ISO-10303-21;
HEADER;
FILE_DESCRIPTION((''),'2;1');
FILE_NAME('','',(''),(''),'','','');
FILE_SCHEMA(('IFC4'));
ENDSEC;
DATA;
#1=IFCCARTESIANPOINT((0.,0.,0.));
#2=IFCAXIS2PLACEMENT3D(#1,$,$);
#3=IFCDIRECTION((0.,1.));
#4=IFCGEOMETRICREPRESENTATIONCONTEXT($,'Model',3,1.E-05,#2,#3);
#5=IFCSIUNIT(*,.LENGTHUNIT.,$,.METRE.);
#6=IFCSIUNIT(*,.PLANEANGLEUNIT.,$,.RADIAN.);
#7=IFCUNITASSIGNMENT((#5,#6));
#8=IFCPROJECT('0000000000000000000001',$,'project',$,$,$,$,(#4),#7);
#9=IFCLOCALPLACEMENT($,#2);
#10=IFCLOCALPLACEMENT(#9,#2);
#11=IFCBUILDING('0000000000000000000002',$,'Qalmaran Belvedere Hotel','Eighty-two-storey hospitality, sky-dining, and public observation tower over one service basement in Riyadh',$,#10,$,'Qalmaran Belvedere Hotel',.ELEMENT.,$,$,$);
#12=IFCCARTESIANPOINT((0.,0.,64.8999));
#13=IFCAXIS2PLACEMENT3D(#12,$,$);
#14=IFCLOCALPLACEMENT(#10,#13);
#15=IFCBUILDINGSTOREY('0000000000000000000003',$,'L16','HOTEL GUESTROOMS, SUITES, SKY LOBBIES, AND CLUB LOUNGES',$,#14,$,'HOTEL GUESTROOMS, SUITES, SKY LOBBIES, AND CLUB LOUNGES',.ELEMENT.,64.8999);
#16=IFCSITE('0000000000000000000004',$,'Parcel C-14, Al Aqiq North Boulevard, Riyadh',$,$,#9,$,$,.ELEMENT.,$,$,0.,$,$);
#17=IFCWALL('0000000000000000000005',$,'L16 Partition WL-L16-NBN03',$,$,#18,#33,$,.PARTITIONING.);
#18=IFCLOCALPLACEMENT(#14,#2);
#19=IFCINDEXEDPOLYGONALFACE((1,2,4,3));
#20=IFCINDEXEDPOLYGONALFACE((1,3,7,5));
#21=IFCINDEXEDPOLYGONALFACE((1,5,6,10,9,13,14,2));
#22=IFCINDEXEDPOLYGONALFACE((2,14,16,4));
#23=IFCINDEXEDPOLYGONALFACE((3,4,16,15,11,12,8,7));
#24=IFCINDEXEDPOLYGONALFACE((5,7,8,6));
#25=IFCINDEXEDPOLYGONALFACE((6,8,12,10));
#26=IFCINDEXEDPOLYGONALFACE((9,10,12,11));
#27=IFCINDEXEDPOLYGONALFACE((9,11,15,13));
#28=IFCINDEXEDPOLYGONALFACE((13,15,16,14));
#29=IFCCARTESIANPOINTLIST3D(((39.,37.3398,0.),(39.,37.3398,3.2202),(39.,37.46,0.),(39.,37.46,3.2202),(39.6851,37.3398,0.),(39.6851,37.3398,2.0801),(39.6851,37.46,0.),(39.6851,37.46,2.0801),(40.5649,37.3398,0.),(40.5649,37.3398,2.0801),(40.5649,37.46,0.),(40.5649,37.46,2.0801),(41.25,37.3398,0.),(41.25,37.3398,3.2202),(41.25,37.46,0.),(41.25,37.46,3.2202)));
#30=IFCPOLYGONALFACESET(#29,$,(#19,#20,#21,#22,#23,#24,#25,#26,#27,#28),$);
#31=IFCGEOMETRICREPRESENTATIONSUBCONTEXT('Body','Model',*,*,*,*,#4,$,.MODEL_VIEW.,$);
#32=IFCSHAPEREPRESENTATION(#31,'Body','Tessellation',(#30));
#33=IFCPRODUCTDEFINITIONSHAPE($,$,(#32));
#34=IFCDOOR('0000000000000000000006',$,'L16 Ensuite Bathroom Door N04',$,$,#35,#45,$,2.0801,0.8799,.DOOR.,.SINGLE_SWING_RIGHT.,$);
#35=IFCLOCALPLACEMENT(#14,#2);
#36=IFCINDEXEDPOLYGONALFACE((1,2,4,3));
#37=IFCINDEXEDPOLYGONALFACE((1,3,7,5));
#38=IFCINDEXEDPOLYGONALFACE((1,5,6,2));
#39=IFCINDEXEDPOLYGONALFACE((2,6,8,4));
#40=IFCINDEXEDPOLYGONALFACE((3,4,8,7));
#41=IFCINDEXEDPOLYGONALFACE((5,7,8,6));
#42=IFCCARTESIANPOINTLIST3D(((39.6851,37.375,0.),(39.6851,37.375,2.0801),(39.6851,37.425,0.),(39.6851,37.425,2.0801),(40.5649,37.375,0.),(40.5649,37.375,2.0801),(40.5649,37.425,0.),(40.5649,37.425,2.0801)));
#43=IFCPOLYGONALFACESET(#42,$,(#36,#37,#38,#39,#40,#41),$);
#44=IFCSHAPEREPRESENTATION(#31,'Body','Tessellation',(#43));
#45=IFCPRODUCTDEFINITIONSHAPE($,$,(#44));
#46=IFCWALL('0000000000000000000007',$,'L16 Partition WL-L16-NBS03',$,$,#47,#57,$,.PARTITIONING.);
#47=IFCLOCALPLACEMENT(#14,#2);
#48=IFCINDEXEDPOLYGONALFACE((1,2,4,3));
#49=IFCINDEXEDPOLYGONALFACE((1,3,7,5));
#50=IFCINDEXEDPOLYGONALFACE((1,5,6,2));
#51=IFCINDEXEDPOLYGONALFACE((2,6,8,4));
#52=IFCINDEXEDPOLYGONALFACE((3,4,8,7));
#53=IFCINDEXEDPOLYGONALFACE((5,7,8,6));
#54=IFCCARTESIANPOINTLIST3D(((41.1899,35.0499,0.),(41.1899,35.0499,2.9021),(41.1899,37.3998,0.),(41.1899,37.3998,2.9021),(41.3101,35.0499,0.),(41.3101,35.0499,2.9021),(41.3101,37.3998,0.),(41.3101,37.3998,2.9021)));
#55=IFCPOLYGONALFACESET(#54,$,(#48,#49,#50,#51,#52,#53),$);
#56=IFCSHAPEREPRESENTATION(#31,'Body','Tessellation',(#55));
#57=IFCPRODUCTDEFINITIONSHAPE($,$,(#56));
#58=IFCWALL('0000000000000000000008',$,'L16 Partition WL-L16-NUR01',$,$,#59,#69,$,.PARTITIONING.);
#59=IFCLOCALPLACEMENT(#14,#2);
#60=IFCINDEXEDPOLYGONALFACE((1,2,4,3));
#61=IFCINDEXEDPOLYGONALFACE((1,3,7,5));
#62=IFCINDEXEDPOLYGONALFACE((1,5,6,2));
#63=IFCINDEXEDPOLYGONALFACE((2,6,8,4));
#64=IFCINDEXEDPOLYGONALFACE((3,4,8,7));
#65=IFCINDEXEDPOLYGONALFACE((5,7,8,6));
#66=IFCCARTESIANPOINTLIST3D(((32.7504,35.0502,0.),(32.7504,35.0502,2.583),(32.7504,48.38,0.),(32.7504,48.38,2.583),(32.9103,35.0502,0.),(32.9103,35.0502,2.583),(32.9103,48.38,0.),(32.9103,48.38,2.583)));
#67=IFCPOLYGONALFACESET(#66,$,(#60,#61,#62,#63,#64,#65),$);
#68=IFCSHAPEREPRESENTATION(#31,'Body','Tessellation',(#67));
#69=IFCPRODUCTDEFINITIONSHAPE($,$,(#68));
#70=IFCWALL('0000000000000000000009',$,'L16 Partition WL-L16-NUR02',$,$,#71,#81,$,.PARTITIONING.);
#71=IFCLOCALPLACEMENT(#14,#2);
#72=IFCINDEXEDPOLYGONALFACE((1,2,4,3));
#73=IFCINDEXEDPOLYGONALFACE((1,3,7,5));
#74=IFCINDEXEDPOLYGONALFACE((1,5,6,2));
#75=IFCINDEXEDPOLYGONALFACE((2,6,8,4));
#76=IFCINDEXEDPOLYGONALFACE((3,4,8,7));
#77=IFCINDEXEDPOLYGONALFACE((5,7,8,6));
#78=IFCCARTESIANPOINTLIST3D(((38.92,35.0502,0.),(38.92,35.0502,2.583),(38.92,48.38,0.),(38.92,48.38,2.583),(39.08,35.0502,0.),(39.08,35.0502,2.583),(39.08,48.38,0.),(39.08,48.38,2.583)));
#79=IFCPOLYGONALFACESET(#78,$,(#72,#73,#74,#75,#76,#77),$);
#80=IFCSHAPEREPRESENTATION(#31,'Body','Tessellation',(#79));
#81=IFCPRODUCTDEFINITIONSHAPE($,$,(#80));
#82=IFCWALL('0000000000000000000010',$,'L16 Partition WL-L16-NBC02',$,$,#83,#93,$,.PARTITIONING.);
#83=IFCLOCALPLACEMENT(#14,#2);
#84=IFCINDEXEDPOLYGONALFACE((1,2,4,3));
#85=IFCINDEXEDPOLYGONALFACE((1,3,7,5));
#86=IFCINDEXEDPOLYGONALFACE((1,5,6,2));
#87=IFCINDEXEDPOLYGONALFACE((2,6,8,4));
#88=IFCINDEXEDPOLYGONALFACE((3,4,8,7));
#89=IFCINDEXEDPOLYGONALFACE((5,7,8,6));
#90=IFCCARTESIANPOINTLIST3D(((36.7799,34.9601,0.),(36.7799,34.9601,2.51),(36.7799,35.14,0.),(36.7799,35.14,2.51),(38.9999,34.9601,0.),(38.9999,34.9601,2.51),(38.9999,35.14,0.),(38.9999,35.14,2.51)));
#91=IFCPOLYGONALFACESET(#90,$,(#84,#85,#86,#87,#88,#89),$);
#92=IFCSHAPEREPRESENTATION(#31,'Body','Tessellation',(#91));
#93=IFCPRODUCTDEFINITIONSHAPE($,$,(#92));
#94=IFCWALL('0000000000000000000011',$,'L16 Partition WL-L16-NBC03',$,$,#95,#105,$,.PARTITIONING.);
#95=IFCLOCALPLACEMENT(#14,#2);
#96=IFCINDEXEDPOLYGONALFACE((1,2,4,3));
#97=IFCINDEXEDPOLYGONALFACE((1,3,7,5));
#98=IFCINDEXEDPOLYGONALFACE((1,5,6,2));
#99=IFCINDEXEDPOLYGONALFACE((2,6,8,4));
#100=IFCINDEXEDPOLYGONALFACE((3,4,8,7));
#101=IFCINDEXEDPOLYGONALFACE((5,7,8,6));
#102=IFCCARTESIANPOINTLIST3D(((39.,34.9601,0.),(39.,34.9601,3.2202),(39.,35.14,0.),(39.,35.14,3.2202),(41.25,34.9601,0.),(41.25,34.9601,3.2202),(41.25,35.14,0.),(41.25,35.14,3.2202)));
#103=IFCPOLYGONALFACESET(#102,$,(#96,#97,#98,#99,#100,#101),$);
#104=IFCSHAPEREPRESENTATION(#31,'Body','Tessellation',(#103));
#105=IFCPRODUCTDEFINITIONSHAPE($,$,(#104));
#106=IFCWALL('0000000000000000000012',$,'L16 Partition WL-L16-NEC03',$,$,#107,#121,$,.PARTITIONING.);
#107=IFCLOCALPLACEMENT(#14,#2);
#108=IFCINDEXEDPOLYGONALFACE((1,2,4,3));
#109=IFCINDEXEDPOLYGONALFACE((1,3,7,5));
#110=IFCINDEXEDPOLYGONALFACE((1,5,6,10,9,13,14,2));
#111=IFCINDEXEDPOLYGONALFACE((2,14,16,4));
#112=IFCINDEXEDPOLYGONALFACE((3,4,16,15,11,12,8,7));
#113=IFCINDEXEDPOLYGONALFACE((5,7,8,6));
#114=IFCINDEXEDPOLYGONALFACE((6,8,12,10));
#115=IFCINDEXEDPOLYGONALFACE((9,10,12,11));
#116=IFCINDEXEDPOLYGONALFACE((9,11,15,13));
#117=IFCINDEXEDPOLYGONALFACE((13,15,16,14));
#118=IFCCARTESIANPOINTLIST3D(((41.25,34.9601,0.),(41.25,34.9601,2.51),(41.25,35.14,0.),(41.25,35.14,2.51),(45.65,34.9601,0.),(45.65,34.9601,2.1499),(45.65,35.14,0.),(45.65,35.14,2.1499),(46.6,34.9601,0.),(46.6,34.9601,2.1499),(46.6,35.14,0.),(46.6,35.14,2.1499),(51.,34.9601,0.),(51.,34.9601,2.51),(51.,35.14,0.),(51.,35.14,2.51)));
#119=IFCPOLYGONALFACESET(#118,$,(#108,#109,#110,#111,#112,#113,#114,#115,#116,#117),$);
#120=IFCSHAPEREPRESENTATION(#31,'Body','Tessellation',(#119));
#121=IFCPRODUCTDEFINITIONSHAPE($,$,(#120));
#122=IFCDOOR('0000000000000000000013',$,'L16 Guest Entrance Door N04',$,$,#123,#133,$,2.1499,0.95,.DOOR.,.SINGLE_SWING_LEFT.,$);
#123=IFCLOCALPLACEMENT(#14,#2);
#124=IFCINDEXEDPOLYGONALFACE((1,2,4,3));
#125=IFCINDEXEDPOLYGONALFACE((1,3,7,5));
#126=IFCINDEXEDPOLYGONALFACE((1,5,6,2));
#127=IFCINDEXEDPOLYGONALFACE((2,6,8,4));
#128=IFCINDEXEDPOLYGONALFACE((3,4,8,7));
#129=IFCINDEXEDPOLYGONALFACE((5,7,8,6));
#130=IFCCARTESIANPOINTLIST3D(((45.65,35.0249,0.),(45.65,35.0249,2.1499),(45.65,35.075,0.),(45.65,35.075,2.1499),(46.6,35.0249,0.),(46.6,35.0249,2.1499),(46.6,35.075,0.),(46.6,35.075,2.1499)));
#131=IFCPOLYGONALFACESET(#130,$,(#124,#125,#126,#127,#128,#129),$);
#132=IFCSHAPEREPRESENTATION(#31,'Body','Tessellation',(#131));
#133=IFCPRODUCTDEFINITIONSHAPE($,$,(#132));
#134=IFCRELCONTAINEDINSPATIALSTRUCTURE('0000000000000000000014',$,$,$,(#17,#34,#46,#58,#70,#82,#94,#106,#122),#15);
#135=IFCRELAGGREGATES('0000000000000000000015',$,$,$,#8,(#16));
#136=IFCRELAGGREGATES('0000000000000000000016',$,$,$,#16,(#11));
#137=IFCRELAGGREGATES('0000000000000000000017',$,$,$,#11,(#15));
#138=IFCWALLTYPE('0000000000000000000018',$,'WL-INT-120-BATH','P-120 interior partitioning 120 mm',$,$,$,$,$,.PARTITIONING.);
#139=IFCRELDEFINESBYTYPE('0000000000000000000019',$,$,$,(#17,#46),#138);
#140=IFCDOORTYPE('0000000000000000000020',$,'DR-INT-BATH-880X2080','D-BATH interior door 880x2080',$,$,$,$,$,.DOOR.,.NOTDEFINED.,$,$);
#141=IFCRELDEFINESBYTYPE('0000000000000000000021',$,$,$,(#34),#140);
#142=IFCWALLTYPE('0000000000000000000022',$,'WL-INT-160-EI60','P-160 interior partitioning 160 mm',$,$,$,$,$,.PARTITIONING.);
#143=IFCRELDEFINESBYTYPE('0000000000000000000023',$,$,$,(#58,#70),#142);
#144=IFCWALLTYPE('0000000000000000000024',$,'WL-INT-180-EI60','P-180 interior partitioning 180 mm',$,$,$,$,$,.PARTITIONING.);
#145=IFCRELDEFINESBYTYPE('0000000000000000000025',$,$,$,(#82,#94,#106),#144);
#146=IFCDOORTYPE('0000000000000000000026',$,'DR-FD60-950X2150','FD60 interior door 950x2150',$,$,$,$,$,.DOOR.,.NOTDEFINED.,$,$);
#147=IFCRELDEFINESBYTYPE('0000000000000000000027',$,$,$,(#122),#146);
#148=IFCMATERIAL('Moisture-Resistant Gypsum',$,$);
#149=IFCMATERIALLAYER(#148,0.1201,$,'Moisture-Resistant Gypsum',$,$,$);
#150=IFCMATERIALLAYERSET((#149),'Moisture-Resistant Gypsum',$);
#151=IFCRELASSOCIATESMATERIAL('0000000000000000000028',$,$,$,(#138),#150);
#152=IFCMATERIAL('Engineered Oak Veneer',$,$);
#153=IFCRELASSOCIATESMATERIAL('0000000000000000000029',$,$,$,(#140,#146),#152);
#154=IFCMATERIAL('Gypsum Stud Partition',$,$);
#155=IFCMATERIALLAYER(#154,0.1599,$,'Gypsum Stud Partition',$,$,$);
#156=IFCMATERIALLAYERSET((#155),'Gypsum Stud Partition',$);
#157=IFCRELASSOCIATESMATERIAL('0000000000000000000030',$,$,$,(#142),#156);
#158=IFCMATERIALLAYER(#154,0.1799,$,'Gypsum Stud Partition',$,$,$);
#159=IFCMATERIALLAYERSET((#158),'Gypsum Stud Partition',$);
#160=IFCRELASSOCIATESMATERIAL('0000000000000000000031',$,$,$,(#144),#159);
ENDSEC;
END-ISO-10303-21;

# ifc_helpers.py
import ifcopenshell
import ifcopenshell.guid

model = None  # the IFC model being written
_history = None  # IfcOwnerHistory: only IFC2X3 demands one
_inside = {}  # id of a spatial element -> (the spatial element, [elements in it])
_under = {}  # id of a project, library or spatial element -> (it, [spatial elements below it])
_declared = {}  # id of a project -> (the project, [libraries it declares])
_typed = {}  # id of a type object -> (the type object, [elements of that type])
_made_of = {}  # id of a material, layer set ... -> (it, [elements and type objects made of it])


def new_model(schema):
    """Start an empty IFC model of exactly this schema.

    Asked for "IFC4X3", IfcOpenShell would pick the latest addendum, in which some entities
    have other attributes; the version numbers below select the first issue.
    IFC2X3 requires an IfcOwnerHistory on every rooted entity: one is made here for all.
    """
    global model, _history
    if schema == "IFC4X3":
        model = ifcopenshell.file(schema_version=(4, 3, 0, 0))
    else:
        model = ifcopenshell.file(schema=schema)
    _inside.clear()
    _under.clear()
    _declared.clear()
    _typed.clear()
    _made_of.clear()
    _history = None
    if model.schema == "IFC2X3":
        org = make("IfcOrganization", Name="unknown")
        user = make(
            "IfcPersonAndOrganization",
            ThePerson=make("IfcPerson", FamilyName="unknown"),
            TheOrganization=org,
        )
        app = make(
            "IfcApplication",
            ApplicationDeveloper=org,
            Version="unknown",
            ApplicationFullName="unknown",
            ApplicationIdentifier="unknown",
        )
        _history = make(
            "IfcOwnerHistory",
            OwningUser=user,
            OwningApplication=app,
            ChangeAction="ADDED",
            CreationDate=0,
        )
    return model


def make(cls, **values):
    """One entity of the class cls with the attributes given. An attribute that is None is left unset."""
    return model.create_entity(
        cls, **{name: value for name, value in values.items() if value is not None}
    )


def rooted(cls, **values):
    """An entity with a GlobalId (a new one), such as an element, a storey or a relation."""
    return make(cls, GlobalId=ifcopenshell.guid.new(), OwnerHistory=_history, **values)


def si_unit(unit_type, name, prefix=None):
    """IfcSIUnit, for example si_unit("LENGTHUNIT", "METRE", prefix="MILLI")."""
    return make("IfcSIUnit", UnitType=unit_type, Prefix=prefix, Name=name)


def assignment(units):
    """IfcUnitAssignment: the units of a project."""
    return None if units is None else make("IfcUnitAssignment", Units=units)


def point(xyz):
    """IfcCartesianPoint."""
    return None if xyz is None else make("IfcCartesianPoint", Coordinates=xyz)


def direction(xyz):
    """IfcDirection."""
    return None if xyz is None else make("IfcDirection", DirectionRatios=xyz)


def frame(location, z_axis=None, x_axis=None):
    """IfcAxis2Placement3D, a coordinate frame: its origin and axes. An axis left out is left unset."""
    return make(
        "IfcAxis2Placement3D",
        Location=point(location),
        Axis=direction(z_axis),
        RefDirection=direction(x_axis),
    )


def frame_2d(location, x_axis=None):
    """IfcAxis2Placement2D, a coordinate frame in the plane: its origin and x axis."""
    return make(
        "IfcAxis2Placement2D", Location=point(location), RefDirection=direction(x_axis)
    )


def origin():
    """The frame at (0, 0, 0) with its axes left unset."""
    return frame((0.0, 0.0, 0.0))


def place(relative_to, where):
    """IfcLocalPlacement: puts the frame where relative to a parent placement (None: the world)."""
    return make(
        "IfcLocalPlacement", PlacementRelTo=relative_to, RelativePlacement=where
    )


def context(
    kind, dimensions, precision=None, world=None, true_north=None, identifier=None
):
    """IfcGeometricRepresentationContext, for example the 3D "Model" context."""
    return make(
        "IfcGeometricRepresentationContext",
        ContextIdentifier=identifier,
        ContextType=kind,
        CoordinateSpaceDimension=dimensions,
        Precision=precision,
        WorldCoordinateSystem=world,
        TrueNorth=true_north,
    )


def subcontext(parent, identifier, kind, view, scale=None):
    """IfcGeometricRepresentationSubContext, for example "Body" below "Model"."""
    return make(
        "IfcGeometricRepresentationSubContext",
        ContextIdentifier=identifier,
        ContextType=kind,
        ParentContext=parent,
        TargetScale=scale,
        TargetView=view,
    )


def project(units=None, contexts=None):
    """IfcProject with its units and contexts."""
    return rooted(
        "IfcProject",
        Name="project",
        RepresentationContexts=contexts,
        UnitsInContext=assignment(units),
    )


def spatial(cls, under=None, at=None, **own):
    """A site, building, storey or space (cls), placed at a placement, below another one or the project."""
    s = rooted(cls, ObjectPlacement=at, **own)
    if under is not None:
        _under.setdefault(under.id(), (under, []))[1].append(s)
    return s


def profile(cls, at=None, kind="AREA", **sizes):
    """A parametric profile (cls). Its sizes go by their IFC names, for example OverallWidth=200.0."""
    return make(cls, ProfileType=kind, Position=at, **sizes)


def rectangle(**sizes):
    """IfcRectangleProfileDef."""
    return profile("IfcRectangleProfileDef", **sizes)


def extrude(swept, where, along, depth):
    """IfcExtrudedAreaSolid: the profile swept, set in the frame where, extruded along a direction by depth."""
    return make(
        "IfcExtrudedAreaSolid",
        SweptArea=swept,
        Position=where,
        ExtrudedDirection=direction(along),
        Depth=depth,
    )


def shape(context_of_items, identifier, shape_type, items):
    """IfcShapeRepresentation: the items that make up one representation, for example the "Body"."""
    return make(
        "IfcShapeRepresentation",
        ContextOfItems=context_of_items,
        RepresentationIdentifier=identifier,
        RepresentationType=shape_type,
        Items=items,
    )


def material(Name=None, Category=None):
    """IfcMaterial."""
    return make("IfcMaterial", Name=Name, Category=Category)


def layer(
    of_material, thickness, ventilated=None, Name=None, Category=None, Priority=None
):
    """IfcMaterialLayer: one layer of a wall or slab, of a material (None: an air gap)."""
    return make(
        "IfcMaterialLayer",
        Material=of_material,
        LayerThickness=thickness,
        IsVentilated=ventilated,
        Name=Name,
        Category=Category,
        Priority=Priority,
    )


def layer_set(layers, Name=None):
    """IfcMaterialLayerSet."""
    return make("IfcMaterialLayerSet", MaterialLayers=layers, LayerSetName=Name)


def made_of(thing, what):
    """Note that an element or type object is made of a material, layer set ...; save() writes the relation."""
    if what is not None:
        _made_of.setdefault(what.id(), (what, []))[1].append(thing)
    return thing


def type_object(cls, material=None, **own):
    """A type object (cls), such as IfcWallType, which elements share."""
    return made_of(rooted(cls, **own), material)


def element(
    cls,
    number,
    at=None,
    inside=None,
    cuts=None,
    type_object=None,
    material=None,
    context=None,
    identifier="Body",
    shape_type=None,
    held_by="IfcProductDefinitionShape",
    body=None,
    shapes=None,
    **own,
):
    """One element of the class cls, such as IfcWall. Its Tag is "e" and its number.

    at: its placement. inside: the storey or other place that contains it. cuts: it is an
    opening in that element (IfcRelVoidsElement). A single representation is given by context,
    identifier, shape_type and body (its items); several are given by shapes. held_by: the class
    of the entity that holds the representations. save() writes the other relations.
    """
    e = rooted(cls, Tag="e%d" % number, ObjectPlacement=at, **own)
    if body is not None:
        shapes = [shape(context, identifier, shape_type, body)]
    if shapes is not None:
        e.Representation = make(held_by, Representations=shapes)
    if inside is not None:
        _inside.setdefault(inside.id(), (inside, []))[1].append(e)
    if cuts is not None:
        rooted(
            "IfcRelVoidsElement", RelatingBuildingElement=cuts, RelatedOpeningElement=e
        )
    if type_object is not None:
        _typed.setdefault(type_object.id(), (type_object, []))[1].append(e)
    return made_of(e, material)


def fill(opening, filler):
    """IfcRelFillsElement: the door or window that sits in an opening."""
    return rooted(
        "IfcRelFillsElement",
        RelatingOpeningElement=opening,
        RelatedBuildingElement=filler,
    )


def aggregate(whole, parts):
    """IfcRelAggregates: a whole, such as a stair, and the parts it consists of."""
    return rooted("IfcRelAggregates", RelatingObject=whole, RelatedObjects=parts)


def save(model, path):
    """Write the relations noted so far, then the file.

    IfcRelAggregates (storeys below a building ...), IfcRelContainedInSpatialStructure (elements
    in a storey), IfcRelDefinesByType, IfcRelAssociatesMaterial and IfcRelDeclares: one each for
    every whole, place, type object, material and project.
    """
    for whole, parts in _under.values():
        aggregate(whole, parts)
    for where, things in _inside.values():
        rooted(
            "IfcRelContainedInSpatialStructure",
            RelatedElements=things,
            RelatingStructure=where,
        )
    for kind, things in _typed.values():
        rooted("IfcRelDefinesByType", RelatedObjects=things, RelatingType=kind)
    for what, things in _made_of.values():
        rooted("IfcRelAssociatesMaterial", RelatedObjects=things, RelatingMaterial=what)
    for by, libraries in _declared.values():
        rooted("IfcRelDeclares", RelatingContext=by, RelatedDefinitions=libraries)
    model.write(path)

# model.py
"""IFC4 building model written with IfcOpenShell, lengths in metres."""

from ifc_helpers import new_model, si_unit, direction, frame, frame_2d, origin, place, context, subcontext, project, spatial, rectangle, extrude, material, layer, layer_set, type_object, element, fill, save


model = new_model("IFC4")

# Units and contexts
model_context = context("Model", 3, precision=1e-05, world=origin(), true_north=direction((0.0, 1.0)))
body_context = subcontext(model_context, "Body", "Model", "MODEL_VIEW")
ifc_project = project(units=[si_unit("LENGTHUNIT", "METRE"), si_unit("PLANEANGLEUNIT", "RADIAN")], contexts=[model_context])

# Site, building, storey
site_placement = place(None, origin())
site = spatial("IfcSite", under=ifc_project, at=site_placement, Name="Parcel C-14, Al Aqiq North Boulevard, Riyadh", CompositionType="ELEMENT", RefElevation=0.0)
building_placement = place(site_placement, origin())
building = spatial("IfcBuilding", under=site, at=building_placement, Name="Qalmaran Belvedere Hotel", Description="Eighty-two-storey hospitality, sky-dining, and public observation tower over one service basement in Riyadh", LongName="Qalmaran Belvedere Hotel", CompositionType="ELEMENT")
storey_placement = place(building_placement, frame((0.0, 0.0, 64.8999)))
storey = spatial("IfcBuildingStorey", under=building, at=storey_placement, Name="L16", Description="HOTEL GUESTROOMS, SUITES, SKY LOBBIES, AND CLUB LOUNGES", LongName="HOTEL GUESTROOMS, SUITES, SKY LOBBIES, AND CLUB LOUNGES", CompositionType="ELEMENT", Elevation=64.8999)

# Shared definitions
ifc_material_1 = material(Name="Moisture-Resistant Gypsum")
ifc_layer_1 = layer(ifc_material_1, 0.1201, Name="Moisture-Resistant Gypsum")
ifc_layer_set_1 = layer_set([ifc_layer_1], Name="Moisture-Resistant Gypsum")
wall_type_1 = type_object("IfcWallType", Name="WL-INT-120-BATH", Description="P-120 interior partitioning 120 mm", PredefinedType="PARTITIONING", material=ifc_layer_set_1)
ifc_material_2 = material(Name="Engineered Oak Veneer")
door_type_1 = type_object("IfcDoorType", Name="DR-INT-BATH-880X2080", Description="D-BATH interior door 880x2080", OperationType="NOTDEFINED", PredefinedType="DOOR", material=ifc_material_2)

# Wall, opening, door
wall_1_placement = place(storey_placement, frame((39.0, 37.3999, 0.0), z_axis=(0.0, 0.0, 1.0), x_axis=(1.0, 0.0, 0.0)))
wall_1 = element("IfcWall", 1, at=wall_1_placement, inside=storey, type_object=wall_type_1, Name="L16 Partition WL-L16-NBN03", PredefinedType="PARTITIONING", context=body_context, shape_type="SweptSolid", body=[
    extrude(rectangle(XDim=2.25, YDim=0.1201, at=frame_2d((1.125, 0.0))), origin(), (0.0, 0.0, 1.0), 3.2202),
])
opening_1_placement = place(wall_1_placement, frame((1.5649, 0.0, 0.0), z_axis=(0.0, 0.0, 1.0), x_axis=(-1.0, 0.0, 0.0)))
opening_1 = element("IfcOpeningElement", 2, at=opening_1_placement, cuts=wall_1, PredefinedType="OPENING", context=body_context, shape_type="SweptSolid", body=[
    extrude(rectangle(XDim=0.8799, YDim=2.0801, at=frame_2d((0.4399, 1.04))), frame((0.0, 0.0701, 0.0), z_axis=(0.0, -1.0, 0.0), x_axis=(1.0, 0.0, 0.0)), (0.0, 0.0, 1.0), 0.1401),
])
door_1_placement = place(opening_1_placement, origin())
door_1 = element("IfcDoor", 3, at=door_1_placement, inside=storey, type_object=door_type_1, Name="L16 Ensuite Bathroom Door N04", OperationType="SINGLE_SWING_RIGHT", OverallHeight=2.0801, OverallWidth=0.8799, PredefinedType="DOOR", context=body_context, shape_type="SweptSolid", body=[
    extrude(rectangle(XDim=0.8799, YDim=2.0801, at=frame_2d((0.4399, 1.04))), frame((0.0, 0.0249, 0.0), z_axis=(0.0, -1.0, 0.0), x_axis=(1.0, 0.0, 0.0)), (0.0, 0.0, 1.0), 0.05),
])
fill(opening_1, door_1)

# Wall
wall_2_placement = place(storey_placement, frame((41.25, 35.05, 0.0), z_axis=(0.0, 0.0, 1.0), x_axis=(0.0, 1.0, 0.0)))
element("IfcWall", 4, at=wall_2_placement, inside=storey, type_object=wall_type_1, Name="L16 Partition WL-L16-NBS03", PredefinedType="PARTITIONING", context=body_context, shape_type="SweptSolid", body=[
    extrude(rectangle(XDim=2.3499, YDim=0.1201, at=frame_2d((1.1748, 0.0))), origin(), (0.0, 0.0, 1.0), 2.9021),
])

# Shared definitions
ifc_material_3 = material(Name="Gypsum Stud Partition")

# Walls
ifc_layer_2 = layer(ifc_material_3, 0.1599, Name="Gypsum Stud Partition")
ifc_layer_set_2 = layer_set([ifc_layer_2], Name="Gypsum Stud Partition")
wall_type_2 = type_object("IfcWallType", Name="WL-INT-160-EI60", Description="P-160 interior partitioning 160 mm", PredefinedType="PARTITIONING", material=ifc_layer_set_2)
for number, where, z_axis, x_axis, name in (
    (5, (32.8303, 35.05, 0.0), (0.0, 0.0, 1.0), (0.0, 1.0, 0.0), "L16 Partition WL-L16-NUR01"),
    (6, (39.0, 35.05, 0.0), (0.0, 0.0, 1.0), (0.0, 1.0, 0.0), "L16 Partition WL-L16-NUR02"),
):
    element("IfcWall", number, at=place(storey_placement, frame(where, z_axis=z_axis, x_axis=x_axis)), inside=storey, type_object=wall_type_2, Name=name, PredefinedType="PARTITIONING", context=body_context, shape_type="SweptSolid", body=[
        extrude(rectangle(XDim=13.3298, YDim=0.1599, at=frame_2d((6.665, 0.0))), origin(), (0.0, 0.0, 1.0), 2.583),
    ])
ifc_layer_3 = layer(ifc_material_3, 0.1799, Name="Gypsum Stud Partition")
ifc_layer_set_3 = layer_set([ifc_layer_3], Name="Gypsum Stud Partition")
wall_type_3 = type_object("IfcWallType", Name="WL-INT-180-EI60", Description="P-180 interior partitioning 180 mm", PredefinedType="PARTITIONING", material=ifc_layer_set_3)
wall_3_placement = place(storey_placement, frame((36.78, 35.05, 0.0), z_axis=(0.0, 0.0, 1.0), x_axis=(1.0, 0.0, 0.0)))
element("IfcWall", 7, at=wall_3_placement, inside=storey, type_object=wall_type_3, Name="L16 Partition WL-L16-NBC02", PredefinedType="PARTITIONING", context=body_context, shape_type="SweptSolid", body=[
    extrude(rectangle(XDim=2.22, YDim=0.1799, at=frame_2d((1.1099, 0.0))), origin(), (0.0, 0.0, 1.0), 2.51),
])

# Shared definitions
door_type_2 = type_object("IfcDoorType", Name="DR-FD60-950X2150", Description="FD60 interior door 950x2150", OperationType="NOTDEFINED", PredefinedType="DOOR", material=ifc_material_2)

# Wall
wall_4_placement = place(storey_placement, frame((39.0, 35.05, 0.0), z_axis=(0.0, 0.0, 1.0), x_axis=(1.0, 0.0, 0.0)))
element("IfcWall", 8, at=wall_4_placement, inside=storey, type_object=wall_type_3, Name="L16 Partition WL-L16-NBC03", PredefinedType="PARTITIONING", context=body_context, shape_type="SweptSolid", body=[
    extrude(rectangle(XDim=2.25, YDim=0.1799, at=frame_2d((1.125, 0.0))), origin(), (0.0, 0.0, 1.0), 3.2202),
])

# Wall, opening, door
wall_5_placement = place(storey_placement, frame((41.25, 35.05, 0.0), z_axis=(0.0, 0.0, 1.0), x_axis=(1.0, 0.0, 0.0)))
wall_5 = element("IfcWall", 9, at=wall_5_placement, inside=storey, type_object=wall_type_3, Name="L16 Partition WL-L16-NEC03", PredefinedType="PARTITIONING", context=body_context, shape_type="SweptSolid", body=[
    extrude(rectangle(XDim=9.75, YDim=0.1799, at=frame_2d((4.875, 0.0))), origin(), (0.0, 0.0, 1.0), 2.51),
])
opening_2_placement = place(wall_5_placement, frame((4.3999, 0.0, 0.0)))
opening_2 = element("IfcOpeningElement", 10, at=opening_2_placement, cuts=wall_5, PredefinedType="OPENING", context=body_context, shape_type="SweptSolid", body=[
    extrude(rectangle(XDim=0.95, YDim=2.1499, at=frame_2d((0.4751, 1.075))), frame((0.0, 0.1001, 0.0), z_axis=(0.0, -1.0, 0.0), x_axis=(1.0, 0.0, 0.0)), (0.0, 0.0, 1.0), 0.2),
])
door_2_placement = place(opening_2_placement, origin())
door_2 = element("IfcDoor", 11, at=door_2_placement, inside=storey, type_object=door_type_2, Name="L16 Guest Entrance Door N04", OperationType="SINGLE_SWING_LEFT", OverallHeight=2.1499, OverallWidth=0.95, PredefinedType="DOOR", context=body_context, shape_type="SweptSolid", body=[
    extrude(rectangle(XDim=0.95, YDim=2.1499, at=frame_2d((0.4751, 1.075))), frame((0.0, 0.0249, 0.0), z_axis=(0.0, -1.0, 0.0), x_axis=(1.0, 0.0, 0.0)), (0.0, 0.0, 1.0), 0.05),
])
fill(opening_2, door_2)

save(model, "model.ifc")
